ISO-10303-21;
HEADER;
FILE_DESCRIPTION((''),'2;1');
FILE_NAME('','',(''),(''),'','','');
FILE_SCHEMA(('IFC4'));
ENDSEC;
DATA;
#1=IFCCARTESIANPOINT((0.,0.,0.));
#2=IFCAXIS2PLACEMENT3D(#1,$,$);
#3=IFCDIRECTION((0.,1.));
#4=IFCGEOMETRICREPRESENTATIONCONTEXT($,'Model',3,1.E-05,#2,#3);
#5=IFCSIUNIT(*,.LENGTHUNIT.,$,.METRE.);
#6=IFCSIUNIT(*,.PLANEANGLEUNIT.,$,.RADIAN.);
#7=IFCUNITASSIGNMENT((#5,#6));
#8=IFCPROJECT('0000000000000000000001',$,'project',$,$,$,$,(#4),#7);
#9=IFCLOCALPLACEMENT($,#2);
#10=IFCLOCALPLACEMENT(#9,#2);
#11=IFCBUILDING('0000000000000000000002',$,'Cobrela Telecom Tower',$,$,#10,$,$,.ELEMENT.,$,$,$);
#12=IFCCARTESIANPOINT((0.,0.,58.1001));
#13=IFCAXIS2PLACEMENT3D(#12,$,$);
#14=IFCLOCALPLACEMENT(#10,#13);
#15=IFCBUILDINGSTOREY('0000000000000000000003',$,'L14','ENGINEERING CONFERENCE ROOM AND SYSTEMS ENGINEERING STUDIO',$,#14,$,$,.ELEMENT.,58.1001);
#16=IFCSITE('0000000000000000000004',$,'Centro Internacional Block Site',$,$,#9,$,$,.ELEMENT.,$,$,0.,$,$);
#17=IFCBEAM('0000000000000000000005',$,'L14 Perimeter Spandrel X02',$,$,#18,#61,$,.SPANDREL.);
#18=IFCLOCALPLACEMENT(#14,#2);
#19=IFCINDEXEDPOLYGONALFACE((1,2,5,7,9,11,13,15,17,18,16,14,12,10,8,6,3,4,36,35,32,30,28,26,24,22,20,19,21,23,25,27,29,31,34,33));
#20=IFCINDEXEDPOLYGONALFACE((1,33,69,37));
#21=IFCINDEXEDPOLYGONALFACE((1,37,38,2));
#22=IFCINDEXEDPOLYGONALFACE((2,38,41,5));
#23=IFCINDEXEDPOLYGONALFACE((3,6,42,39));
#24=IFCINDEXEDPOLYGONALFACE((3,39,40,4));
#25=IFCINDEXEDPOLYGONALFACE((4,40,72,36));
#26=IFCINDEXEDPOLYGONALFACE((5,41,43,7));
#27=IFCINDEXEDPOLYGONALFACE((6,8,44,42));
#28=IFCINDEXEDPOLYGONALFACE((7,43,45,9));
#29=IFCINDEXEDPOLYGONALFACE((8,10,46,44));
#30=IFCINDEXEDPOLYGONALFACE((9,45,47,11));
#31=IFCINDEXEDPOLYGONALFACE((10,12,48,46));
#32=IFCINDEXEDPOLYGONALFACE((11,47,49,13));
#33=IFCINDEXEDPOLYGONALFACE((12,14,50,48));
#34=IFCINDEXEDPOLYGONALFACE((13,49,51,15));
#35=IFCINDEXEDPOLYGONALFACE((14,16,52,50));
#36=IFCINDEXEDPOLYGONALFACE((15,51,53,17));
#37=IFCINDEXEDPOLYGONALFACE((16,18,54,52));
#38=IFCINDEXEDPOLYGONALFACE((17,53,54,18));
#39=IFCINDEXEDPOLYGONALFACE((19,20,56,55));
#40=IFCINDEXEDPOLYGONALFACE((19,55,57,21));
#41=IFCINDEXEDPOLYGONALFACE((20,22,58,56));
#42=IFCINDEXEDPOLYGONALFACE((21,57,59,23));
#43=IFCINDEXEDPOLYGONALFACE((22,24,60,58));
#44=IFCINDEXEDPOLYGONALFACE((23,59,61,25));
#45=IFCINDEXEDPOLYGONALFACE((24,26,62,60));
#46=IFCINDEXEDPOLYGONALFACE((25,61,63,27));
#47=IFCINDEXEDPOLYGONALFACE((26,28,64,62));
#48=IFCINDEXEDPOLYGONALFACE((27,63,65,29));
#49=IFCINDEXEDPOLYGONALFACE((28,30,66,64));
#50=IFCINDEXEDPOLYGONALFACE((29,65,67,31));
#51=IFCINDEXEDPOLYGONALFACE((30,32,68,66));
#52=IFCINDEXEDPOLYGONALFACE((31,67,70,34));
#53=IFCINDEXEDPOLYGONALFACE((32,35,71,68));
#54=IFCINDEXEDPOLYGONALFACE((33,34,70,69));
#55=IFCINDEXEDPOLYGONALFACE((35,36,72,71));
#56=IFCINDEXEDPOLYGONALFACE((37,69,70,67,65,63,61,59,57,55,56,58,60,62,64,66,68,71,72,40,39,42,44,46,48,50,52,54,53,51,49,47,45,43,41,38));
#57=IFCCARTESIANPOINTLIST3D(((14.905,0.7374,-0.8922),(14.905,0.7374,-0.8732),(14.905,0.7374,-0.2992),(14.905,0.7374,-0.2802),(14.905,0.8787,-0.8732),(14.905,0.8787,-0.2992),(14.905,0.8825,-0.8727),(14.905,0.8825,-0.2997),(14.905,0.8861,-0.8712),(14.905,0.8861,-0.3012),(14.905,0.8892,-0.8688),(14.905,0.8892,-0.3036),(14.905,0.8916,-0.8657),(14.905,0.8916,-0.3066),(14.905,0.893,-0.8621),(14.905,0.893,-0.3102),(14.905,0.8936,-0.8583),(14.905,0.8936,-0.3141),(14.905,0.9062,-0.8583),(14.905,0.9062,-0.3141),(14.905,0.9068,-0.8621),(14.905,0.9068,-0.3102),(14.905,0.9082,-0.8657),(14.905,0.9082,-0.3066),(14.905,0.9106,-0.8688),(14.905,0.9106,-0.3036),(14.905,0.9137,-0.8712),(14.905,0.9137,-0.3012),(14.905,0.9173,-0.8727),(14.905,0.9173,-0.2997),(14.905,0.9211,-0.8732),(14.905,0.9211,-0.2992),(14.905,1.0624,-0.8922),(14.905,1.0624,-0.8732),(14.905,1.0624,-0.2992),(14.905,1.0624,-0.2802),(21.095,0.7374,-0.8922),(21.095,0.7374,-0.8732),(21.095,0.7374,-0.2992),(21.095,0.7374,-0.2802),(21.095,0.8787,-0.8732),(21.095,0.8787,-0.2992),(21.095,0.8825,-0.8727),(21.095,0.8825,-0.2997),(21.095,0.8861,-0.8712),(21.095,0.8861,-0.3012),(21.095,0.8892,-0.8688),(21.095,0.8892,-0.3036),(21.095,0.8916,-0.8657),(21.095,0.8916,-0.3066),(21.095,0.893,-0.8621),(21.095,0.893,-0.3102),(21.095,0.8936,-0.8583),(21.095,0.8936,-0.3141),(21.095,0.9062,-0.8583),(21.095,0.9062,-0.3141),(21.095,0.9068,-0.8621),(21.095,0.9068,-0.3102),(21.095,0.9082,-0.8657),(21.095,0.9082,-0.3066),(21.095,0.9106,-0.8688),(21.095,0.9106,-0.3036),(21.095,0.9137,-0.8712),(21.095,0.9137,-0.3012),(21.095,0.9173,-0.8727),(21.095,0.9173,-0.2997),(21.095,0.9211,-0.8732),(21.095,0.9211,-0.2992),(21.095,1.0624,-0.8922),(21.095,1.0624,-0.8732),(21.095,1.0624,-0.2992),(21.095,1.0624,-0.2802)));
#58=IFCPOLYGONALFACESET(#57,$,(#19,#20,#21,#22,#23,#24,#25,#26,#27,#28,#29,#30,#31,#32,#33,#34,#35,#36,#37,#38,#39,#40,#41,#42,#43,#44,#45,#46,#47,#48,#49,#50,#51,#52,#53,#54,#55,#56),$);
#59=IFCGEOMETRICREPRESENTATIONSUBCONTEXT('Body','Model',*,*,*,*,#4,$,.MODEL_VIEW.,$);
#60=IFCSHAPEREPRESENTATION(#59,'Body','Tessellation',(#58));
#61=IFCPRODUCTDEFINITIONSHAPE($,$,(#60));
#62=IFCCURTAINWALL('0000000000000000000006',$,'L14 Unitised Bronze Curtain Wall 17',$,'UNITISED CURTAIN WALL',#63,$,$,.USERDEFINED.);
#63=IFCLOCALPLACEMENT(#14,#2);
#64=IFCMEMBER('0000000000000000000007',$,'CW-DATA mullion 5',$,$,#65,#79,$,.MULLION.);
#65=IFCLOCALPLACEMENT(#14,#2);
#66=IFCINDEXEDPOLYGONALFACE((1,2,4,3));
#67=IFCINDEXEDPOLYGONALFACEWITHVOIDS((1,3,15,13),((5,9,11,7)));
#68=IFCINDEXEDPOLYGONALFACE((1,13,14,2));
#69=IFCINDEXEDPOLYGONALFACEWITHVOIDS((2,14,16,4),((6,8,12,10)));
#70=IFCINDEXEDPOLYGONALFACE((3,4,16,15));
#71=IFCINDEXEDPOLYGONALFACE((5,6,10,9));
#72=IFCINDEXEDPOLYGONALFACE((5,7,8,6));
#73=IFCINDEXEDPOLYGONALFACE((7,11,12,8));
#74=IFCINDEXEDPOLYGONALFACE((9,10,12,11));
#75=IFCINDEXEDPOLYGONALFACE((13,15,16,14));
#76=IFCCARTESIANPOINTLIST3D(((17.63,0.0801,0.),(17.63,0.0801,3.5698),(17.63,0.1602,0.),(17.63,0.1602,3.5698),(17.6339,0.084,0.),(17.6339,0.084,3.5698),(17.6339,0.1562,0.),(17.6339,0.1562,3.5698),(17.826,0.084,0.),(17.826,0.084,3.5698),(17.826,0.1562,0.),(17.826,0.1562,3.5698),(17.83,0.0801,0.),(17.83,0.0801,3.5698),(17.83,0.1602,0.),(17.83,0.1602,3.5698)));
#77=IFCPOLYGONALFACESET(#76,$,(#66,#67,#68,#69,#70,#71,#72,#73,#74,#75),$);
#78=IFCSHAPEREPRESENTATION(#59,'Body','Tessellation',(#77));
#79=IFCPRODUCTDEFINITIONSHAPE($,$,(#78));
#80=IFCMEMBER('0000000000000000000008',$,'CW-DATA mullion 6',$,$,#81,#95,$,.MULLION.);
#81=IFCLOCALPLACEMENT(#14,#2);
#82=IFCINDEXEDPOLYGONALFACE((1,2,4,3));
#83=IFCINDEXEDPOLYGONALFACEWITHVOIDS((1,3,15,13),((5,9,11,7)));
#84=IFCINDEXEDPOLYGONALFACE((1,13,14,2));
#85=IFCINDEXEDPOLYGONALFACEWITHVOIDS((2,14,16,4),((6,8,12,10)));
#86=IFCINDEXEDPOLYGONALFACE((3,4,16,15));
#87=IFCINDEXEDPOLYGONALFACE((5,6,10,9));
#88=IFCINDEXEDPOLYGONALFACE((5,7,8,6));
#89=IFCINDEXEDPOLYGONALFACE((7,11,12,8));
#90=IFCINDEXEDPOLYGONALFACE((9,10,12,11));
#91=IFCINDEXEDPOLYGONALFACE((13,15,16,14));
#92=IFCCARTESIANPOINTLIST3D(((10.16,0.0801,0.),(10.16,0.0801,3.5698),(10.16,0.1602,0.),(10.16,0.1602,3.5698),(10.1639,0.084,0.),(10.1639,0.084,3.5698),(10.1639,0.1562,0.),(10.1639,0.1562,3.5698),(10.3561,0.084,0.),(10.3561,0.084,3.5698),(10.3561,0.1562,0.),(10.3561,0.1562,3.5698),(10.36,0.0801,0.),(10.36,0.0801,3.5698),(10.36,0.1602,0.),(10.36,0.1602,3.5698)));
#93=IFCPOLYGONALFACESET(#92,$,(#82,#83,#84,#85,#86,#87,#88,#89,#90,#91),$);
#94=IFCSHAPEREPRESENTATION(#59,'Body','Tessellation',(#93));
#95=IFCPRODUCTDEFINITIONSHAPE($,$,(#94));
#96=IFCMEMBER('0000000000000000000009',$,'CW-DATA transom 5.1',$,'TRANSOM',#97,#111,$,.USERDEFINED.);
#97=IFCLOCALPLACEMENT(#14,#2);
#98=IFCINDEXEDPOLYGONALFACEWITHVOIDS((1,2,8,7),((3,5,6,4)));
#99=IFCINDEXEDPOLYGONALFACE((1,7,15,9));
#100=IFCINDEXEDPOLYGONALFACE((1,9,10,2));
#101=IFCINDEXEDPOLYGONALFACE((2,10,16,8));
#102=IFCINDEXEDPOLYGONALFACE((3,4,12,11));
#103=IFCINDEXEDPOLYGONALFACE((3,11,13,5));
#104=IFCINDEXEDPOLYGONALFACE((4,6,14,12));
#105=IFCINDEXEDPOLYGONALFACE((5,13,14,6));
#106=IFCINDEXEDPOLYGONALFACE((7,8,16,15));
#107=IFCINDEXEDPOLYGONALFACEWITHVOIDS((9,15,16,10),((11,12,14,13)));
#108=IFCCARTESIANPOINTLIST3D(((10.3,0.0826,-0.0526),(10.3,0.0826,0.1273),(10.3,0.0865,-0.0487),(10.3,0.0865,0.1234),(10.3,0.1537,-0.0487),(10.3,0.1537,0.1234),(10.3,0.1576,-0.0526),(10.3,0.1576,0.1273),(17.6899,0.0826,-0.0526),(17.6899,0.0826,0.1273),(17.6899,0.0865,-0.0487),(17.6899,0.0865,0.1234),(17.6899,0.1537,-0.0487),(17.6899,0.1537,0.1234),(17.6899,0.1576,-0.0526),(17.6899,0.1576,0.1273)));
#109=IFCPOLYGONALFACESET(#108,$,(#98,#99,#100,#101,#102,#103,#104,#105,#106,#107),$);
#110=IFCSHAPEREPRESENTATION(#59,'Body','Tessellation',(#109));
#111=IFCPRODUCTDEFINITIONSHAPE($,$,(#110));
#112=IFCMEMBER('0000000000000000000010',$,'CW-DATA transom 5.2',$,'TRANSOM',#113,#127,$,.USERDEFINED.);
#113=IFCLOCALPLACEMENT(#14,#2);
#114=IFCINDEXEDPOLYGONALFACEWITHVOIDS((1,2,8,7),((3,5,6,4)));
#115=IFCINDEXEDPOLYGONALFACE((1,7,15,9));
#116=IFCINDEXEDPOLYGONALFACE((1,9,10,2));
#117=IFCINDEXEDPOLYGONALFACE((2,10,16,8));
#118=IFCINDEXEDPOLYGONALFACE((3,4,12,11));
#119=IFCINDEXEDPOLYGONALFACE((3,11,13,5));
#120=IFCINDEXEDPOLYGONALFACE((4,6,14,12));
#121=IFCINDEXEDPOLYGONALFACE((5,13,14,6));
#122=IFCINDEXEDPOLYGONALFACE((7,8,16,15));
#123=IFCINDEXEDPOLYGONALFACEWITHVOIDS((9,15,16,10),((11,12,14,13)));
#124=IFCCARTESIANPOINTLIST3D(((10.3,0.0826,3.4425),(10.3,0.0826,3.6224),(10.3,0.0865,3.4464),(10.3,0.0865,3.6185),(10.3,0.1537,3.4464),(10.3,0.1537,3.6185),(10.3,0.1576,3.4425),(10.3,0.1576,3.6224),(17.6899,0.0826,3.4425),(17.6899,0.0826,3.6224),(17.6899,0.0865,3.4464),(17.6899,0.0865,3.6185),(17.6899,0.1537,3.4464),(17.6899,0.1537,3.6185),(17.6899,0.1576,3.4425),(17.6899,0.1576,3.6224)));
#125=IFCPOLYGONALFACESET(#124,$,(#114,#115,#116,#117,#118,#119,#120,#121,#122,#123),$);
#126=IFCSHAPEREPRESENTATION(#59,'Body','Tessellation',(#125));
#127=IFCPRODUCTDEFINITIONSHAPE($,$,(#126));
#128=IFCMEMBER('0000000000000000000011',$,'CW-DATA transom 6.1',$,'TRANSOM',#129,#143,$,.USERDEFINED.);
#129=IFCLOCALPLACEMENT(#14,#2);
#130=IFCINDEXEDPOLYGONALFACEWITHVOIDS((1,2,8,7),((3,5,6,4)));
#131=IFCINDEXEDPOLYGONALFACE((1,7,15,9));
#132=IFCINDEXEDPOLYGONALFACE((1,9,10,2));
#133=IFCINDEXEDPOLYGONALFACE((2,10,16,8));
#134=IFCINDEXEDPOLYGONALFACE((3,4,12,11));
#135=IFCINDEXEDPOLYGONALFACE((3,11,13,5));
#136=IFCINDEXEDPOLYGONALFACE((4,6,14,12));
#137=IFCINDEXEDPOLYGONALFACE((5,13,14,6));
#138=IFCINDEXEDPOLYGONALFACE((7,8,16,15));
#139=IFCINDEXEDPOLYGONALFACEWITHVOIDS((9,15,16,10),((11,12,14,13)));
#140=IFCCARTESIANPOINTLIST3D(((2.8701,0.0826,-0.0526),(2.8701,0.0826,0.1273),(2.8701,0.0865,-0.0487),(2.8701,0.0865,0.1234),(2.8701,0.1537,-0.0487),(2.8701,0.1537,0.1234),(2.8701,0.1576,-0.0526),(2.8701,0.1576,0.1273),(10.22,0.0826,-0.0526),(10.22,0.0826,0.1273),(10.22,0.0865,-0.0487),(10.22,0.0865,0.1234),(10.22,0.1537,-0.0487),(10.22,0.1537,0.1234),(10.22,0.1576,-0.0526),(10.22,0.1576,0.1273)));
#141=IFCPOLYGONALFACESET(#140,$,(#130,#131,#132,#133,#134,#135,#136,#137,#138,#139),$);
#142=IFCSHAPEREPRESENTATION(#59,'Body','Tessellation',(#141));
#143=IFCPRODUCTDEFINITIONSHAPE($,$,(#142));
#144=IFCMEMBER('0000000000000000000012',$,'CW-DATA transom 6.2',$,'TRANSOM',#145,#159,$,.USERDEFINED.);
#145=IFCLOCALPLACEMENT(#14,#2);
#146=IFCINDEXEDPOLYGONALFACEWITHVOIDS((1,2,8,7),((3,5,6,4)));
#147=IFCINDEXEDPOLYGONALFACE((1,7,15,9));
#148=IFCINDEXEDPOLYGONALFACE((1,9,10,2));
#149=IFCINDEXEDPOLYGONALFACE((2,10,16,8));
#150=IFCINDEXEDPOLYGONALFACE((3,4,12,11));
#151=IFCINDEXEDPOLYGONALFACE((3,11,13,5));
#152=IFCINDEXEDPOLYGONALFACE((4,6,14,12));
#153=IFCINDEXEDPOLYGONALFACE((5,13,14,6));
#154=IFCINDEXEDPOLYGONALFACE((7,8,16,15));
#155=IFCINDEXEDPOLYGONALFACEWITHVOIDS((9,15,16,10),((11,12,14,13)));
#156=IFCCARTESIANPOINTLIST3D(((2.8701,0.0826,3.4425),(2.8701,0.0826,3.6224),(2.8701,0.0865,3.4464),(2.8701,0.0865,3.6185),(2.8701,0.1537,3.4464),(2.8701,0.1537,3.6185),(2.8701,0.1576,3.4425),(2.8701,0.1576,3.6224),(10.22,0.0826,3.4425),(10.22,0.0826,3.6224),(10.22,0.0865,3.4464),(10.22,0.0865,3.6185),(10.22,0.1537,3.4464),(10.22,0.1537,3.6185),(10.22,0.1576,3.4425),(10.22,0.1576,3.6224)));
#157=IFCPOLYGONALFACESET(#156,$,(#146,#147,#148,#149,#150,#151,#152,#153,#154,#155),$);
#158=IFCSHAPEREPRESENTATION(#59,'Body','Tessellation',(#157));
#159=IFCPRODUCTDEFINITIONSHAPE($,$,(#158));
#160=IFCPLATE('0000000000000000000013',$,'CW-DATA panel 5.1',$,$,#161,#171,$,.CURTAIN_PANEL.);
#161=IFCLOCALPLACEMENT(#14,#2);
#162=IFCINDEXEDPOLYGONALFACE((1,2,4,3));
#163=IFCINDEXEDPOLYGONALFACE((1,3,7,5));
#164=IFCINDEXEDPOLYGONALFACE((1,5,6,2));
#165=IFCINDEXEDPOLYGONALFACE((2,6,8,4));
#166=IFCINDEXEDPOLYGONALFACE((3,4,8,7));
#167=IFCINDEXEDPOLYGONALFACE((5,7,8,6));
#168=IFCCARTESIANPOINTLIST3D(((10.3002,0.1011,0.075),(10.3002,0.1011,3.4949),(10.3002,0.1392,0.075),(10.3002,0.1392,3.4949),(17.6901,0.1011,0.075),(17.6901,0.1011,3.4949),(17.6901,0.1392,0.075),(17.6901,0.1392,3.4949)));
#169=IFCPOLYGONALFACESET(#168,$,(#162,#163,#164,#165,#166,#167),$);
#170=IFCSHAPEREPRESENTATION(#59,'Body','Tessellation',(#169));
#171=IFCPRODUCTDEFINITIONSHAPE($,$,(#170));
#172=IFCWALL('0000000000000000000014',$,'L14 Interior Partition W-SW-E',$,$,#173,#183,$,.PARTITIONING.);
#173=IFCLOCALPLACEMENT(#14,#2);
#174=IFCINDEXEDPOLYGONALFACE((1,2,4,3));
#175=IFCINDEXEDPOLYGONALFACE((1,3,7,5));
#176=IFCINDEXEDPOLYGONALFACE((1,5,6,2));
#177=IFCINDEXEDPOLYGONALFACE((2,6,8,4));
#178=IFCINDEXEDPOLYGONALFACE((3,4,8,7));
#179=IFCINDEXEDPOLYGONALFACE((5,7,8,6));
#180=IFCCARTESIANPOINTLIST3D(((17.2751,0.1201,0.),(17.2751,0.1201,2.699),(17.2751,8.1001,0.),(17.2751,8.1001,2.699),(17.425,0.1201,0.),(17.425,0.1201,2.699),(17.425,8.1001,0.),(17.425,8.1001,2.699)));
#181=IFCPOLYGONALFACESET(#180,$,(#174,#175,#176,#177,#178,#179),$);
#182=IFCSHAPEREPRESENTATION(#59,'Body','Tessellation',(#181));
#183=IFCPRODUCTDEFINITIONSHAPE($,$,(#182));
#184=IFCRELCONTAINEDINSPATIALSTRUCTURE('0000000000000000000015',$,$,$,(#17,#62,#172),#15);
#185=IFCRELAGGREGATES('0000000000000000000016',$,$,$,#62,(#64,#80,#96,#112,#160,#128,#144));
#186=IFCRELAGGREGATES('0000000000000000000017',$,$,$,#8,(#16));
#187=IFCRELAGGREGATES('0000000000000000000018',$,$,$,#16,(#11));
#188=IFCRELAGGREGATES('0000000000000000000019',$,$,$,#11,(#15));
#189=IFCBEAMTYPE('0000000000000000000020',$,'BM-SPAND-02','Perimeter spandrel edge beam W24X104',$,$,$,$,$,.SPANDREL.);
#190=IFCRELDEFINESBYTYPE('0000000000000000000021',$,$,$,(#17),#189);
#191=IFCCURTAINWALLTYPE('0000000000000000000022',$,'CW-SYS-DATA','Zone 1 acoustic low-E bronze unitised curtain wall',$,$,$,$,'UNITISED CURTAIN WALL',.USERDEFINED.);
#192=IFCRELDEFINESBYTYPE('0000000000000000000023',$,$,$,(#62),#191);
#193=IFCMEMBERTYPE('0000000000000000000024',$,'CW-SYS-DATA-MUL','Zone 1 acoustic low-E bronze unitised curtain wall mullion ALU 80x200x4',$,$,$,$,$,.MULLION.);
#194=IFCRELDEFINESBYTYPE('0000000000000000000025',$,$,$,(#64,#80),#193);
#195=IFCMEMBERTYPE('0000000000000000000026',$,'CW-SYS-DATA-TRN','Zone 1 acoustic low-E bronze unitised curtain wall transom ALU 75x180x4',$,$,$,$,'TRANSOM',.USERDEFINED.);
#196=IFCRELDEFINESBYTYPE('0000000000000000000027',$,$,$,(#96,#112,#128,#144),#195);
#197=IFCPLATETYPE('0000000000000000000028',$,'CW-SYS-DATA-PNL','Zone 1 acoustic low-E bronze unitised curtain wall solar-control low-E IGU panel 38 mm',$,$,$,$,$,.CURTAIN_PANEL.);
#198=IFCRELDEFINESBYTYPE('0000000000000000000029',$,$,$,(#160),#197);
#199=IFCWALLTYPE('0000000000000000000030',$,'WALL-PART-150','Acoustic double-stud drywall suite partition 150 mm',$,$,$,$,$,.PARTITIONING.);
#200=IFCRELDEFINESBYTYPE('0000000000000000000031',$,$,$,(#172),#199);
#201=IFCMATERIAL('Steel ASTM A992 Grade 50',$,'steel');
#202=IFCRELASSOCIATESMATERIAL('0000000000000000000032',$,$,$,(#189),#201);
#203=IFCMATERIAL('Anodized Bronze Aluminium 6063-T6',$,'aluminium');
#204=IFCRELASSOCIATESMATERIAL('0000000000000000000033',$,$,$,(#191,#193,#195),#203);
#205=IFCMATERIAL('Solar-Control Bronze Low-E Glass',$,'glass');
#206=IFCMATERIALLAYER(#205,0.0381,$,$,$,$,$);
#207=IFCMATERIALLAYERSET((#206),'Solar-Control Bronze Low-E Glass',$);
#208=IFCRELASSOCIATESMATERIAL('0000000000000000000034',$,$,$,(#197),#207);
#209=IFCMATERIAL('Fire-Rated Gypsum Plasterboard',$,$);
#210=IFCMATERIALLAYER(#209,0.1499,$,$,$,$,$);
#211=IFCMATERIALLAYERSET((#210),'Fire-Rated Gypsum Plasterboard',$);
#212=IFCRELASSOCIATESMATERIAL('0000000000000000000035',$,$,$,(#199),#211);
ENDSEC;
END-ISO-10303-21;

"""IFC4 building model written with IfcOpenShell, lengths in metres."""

from ifc_helpers import new_model, si_unit, direction, frame, frame_2d, origin, origin_2d, place, context, subcontext, project, spatial, rectangle, hollow_rectangle, i_section, extrude, material, layer, layer_set, material_profile, profile_set, type_object, element, aggregate, save


model = new_model("IFC4")

# Units and contexts
model_context = context("Model", 3, precision=1e-05, world=origin(), true_north=direction((0.0, 1.0)))
body_context = subcontext(model_context, "Body", "Model", "MODEL_VIEW")
ifc_project = project(units=[si_unit("LENGTHUNIT", "METRE"), si_unit("PLANEANGLEUNIT", "RADIAN")], contexts=[model_context])

# Site, building, storey
site_placement = place(None, origin())
site = spatial("IfcSite", under=ifc_project, at=site_placement, Name="Centro Internacional Block Site", CompositionType="ELEMENT", RefElevation=0.0)
building_placement = place(site_placement, origin())
building = spatial("IfcBuilding", under=site, at=building_placement, Name="Cobrela Telecom Tower", CompositionType="ELEMENT")
storey_placement = place(building_placement, frame((0.0, 0.0, 58.1001)))
storey = spatial("IfcBuildingStorey", under=building, at=storey_placement, Name="L14", Description="ENGINEERING CONFERENCE ROOM AND SYSTEMS ENGINEERING STUDIO", CompositionType="ELEMENT", Elevation=58.1001)

# Beam
ifc_material_1 = material(Name="Steel ASTM A992 Grade 50", Category="steel")
ifc_material_profile_1 = material_profile(ifc_material_1, i_section(OverallWidth=0.325, OverallDepth=0.6121, WebThickness=0.0127, FlangeThickness=0.019, FilletRadius=0.0149, at=origin_2d()), Name="W24X104")
ifc_profile_set_1 = profile_set([ifc_material_profile_1], Name="Steel ASTM A992 Grade 50")
beam_type_1 = type_object("IfcBeamType", Name="BM-SPAND-02", Description="Perimeter spandrel edge beam W24X104", PredefinedType="SPANDREL", material=ifc_profile_set_1)
for number, where, z_axis, x_axis, name in (
    (1, (14.905, 0.8999, -0.5862), (1.0, 0.0, 0.0), (0.0, 1.0, 0.0), "L14 Perimeter Spandrel X02"),
):
    element("IfcBeam", number, at=place(storey_placement, frame(where, z_axis=z_axis, x_axis=x_axis)), inside=storey, type_object=beam_type_1, Name=name, PredefinedType="SPANDREL", context=body_context, shape_type="SweptSolid", body=[
        extrude(i_section(OverallWidth=0.325, OverallDepth=0.6121, WebThickness=0.0127, FlangeThickness=0.019, FilletRadius=0.0149, at=origin_2d()), origin(), (0.0, 0.0, 1.0), 6.1899),
    ])

# Curtain wall, members, plate
ifc_material_2 = material(Name="Anodized Bronze Aluminium 6063-T6", Category="aluminium")
curtain_wall_type = type_object("IfcCurtainWallType", Name="CW-SYS-DATA", Description="Zone 1 acoustic low-E bronze unitised curtain wall", ElementType="UNITISED CURTAIN WALL", PredefinedType="USERDEFINED", material=ifc_material_2)
curtain_wall_placement = place(storey_placement, origin())
curtain_wall = element("IfcCurtainWall", 2, at=curtain_wall_placement, inside=storey, type_object=curtain_wall_type, Name="L14 Unitised Bronze Curtain Wall 17", ObjectType="UNITISED CURTAIN WALL", PredefinedType="USERDEFINED")
ifc_material_profile_2 = material_profile(ifc_material_2, hollow_rectangle(XDim=0.0801, YDim=0.2, WallThickness=0.0039, at=origin_2d()), Name="ALU 80x200x4")
ifc_profile_set_2 = profile_set([ifc_material_profile_2], Name="Anodized Bronze Aluminium 6063-T6")
member_type_1 = type_object("IfcMemberType", Name="CW-SYS-DATA-MUL", Description="Zone 1 acoustic low-E bronze unitised curtain wall mullion ALU 80x200x4", PredefinedType="MULLION", material=ifc_profile_set_2)
member_1_placement = place(storey_placement, frame((17.73, 0.1201, 0.0), z_axis=(0.0, 0.0, 1.0), x_axis=(0.0, -1.0, 0.0)))
member_1 = element("IfcMember", 3, at=member_1_placement, type_object=member_type_1, Name="CW-DATA mullion 5", PredefinedType="MULLION", context=body_context, shape_type="SweptSolid", body=[
    extrude(hollow_rectangle(XDim=0.0801, YDim=0.2, WallThickness=0.0039, at=origin_2d()), origin(), (0.0, 0.0, 1.0), 3.5698),
])
member_2_placement = place(storey_placement, frame((10.26, 0.1201, 0.0), z_axis=(0.0, 0.0, 1.0), x_axis=(0.0, -1.0, 0.0)))
member_2 = element("IfcMember", 4, at=member_2_placement, type_object=member_type_1, Name="CW-DATA mullion 6", PredefinedType="MULLION", context=body_context, shape_type="SweptSolid", body=[
    extrude(hollow_rectangle(XDim=0.0801, YDim=0.2, WallThickness=0.0039, at=origin_2d()), origin(), (0.0, 0.0, 1.0), 3.5698),
])
ifc_material_profile_3 = material_profile(ifc_material_2, hollow_rectangle(XDim=0.075, YDim=0.1799, WallThickness=0.0039, at=origin_2d()), Name="ALU 75x180x4")
ifc_profile_set_3 = profile_set([ifc_material_profile_3], Name="Anodized Bronze Aluminium 6063-T6")
member_type_2 = type_object("IfcMemberType", Name="CW-SYS-DATA-TRN", Description="Zone 1 acoustic low-E bronze unitised curtain wall transom ALU 75x180x4", ElementType="TRANSOM", PredefinedType="USERDEFINED", material=ifc_profile_set_3)
member_3_placement = place(storey_placement, frame((17.6899, 0.1201, 0.0374), z_axis=(-1.0, 0.0, 0.0), x_axis=(0.0, -1.0, 0.0)))
member_3 = element("IfcMember", 5, at=member_3_placement, type_object=member_type_2, Name="CW-DATA transom 5.1", ObjectType="TRANSOM", PredefinedType="USERDEFINED", context=body_context, shape_type="SweptSolid", body=[
    extrude(hollow_rectangle(XDim=0.075, YDim=0.1799, WallThickness=0.0039, at=origin_2d()), origin(), (0.0, 0.0, 1.0), 7.3899),
])
member_4_placement = place(storey_placement, frame((17.6899, 0.1201, 3.5325), z_axis=(-1.0, 0.0, 0.0), x_axis=(0.0, -1.0, 0.0)))
member_4 = element("IfcMember", 6, at=member_4_placement, type_object=member_type_2, Name="CW-DATA transom 5.2", ObjectType="TRANSOM", PredefinedType="USERDEFINED", context=body_context, shape_type="SweptSolid", body=[
    extrude(hollow_rectangle(XDim=0.075, YDim=0.1799, WallThickness=0.0039, at=origin_2d()), origin(), (0.0, 0.0, 1.0), 7.3899),
])
member_5_placement = place(storey_placement, frame((10.22, 0.1201, 0.0374), z_axis=(-1.0, 0.0, 0.0), x_axis=(0.0, -1.0, 0.0)))
member_5 = element("IfcMember", 7, at=member_5_placement, type_object=member_type_2, Name="CW-DATA transom 6.1", ObjectType="TRANSOM", PredefinedType="USERDEFINED", context=body_context, shape_type="SweptSolid", body=[
    extrude(hollow_rectangle(XDim=0.075, YDim=0.1799, WallThickness=0.0039, at=origin_2d()), origin(), (0.0, 0.0, 1.0), 7.3499),
])
member_6_placement = place(storey_placement, frame((10.22, 0.1201, 3.5325), z_axis=(-1.0, 0.0, 0.0), x_axis=(0.0, -1.0, 0.0)))
member_6 = element("IfcMember", 8, at=member_6_placement, type_object=member_type_2, Name="CW-DATA transom 6.2", ObjectType="TRANSOM", PredefinedType="USERDEFINED", context=body_context, shape_type="SweptSolid", body=[
    extrude(hollow_rectangle(XDim=0.075, YDim=0.1799, WallThickness=0.0039, at=origin_2d()), origin(), (0.0, 0.0, 1.0), 7.3499),
])
ifc_material_3 = material(Name="Solar-Control Bronze Low-E Glass", Category="glass")
ifc_layer_1 = layer(ifc_material_3, 0.0381)
ifc_layer_set_1 = layer_set([ifc_layer_1], Name="Solar-Control Bronze Low-E Glass")
plate_type = type_object("IfcPlateType", Name="CW-SYS-DATA-PNL", Description="Zone 1 acoustic low-E bronze unitised curtain wall solar-control low-E IGU panel 38 mm", PredefinedType="CURTAIN_PANEL", material=ifc_layer_set_1)
plate_placement = place(storey_placement, frame((13.9951, 0.1201, 0.075), z_axis=(0.0, 0.0, 1.0), x_axis=(-1.0, 0.0, 0.0)))
plate = element("IfcPlate", 9, at=plate_placement, type_object=plate_type, Name="CW-DATA panel 5.1", PredefinedType="CURTAIN_PANEL", context=body_context, shape_type="SweptSolid", body=[
    extrude(rectangle(XDim=7.3899, YDim=0.0381, at=origin_2d()), origin(), (0.0, 0.0, 1.0), 3.4199),
])
aggregate(curtain_wall, [member_1, member_2, member_3, member_4, plate, member_5, member_6])

# Wall
ifc_material_4 = material(Name="Fire-Rated Gypsum Plasterboard")
ifc_layer_2 = layer(ifc_material_4, 0.1499)
ifc_layer_set_2 = layer_set([ifc_layer_2], Name="Fire-Rated Gypsum Plasterboard")
wall_type = type_object("IfcWallType", Name="WALL-PART-150", Description="Acoustic double-stud drywall suite partition 150 mm", PredefinedType="PARTITIONING", material=ifc_layer_set_2)
wall_placement = place(storey_placement, frame((17.3501, 0.1201, 0.0), z_axis=(0.0, 0.0, 1.0), x_axis=(0.0, 1.0, 0.0)))
element("IfcWall", 10, at=wall_placement, inside=storey, type_object=wall_type, Name="L14 Interior Partition W-SW-E", PredefinedType="PARTITIONING", context=body_context, shape_type="SweptSolid", body=[
    extrude(rectangle(XDim=7.98, YDim=0.1499, at=frame_2d((3.99, 0.0))), origin(), (0.0, 0.0, 1.0), 2.699),
])

save(model, "model.ifc")
